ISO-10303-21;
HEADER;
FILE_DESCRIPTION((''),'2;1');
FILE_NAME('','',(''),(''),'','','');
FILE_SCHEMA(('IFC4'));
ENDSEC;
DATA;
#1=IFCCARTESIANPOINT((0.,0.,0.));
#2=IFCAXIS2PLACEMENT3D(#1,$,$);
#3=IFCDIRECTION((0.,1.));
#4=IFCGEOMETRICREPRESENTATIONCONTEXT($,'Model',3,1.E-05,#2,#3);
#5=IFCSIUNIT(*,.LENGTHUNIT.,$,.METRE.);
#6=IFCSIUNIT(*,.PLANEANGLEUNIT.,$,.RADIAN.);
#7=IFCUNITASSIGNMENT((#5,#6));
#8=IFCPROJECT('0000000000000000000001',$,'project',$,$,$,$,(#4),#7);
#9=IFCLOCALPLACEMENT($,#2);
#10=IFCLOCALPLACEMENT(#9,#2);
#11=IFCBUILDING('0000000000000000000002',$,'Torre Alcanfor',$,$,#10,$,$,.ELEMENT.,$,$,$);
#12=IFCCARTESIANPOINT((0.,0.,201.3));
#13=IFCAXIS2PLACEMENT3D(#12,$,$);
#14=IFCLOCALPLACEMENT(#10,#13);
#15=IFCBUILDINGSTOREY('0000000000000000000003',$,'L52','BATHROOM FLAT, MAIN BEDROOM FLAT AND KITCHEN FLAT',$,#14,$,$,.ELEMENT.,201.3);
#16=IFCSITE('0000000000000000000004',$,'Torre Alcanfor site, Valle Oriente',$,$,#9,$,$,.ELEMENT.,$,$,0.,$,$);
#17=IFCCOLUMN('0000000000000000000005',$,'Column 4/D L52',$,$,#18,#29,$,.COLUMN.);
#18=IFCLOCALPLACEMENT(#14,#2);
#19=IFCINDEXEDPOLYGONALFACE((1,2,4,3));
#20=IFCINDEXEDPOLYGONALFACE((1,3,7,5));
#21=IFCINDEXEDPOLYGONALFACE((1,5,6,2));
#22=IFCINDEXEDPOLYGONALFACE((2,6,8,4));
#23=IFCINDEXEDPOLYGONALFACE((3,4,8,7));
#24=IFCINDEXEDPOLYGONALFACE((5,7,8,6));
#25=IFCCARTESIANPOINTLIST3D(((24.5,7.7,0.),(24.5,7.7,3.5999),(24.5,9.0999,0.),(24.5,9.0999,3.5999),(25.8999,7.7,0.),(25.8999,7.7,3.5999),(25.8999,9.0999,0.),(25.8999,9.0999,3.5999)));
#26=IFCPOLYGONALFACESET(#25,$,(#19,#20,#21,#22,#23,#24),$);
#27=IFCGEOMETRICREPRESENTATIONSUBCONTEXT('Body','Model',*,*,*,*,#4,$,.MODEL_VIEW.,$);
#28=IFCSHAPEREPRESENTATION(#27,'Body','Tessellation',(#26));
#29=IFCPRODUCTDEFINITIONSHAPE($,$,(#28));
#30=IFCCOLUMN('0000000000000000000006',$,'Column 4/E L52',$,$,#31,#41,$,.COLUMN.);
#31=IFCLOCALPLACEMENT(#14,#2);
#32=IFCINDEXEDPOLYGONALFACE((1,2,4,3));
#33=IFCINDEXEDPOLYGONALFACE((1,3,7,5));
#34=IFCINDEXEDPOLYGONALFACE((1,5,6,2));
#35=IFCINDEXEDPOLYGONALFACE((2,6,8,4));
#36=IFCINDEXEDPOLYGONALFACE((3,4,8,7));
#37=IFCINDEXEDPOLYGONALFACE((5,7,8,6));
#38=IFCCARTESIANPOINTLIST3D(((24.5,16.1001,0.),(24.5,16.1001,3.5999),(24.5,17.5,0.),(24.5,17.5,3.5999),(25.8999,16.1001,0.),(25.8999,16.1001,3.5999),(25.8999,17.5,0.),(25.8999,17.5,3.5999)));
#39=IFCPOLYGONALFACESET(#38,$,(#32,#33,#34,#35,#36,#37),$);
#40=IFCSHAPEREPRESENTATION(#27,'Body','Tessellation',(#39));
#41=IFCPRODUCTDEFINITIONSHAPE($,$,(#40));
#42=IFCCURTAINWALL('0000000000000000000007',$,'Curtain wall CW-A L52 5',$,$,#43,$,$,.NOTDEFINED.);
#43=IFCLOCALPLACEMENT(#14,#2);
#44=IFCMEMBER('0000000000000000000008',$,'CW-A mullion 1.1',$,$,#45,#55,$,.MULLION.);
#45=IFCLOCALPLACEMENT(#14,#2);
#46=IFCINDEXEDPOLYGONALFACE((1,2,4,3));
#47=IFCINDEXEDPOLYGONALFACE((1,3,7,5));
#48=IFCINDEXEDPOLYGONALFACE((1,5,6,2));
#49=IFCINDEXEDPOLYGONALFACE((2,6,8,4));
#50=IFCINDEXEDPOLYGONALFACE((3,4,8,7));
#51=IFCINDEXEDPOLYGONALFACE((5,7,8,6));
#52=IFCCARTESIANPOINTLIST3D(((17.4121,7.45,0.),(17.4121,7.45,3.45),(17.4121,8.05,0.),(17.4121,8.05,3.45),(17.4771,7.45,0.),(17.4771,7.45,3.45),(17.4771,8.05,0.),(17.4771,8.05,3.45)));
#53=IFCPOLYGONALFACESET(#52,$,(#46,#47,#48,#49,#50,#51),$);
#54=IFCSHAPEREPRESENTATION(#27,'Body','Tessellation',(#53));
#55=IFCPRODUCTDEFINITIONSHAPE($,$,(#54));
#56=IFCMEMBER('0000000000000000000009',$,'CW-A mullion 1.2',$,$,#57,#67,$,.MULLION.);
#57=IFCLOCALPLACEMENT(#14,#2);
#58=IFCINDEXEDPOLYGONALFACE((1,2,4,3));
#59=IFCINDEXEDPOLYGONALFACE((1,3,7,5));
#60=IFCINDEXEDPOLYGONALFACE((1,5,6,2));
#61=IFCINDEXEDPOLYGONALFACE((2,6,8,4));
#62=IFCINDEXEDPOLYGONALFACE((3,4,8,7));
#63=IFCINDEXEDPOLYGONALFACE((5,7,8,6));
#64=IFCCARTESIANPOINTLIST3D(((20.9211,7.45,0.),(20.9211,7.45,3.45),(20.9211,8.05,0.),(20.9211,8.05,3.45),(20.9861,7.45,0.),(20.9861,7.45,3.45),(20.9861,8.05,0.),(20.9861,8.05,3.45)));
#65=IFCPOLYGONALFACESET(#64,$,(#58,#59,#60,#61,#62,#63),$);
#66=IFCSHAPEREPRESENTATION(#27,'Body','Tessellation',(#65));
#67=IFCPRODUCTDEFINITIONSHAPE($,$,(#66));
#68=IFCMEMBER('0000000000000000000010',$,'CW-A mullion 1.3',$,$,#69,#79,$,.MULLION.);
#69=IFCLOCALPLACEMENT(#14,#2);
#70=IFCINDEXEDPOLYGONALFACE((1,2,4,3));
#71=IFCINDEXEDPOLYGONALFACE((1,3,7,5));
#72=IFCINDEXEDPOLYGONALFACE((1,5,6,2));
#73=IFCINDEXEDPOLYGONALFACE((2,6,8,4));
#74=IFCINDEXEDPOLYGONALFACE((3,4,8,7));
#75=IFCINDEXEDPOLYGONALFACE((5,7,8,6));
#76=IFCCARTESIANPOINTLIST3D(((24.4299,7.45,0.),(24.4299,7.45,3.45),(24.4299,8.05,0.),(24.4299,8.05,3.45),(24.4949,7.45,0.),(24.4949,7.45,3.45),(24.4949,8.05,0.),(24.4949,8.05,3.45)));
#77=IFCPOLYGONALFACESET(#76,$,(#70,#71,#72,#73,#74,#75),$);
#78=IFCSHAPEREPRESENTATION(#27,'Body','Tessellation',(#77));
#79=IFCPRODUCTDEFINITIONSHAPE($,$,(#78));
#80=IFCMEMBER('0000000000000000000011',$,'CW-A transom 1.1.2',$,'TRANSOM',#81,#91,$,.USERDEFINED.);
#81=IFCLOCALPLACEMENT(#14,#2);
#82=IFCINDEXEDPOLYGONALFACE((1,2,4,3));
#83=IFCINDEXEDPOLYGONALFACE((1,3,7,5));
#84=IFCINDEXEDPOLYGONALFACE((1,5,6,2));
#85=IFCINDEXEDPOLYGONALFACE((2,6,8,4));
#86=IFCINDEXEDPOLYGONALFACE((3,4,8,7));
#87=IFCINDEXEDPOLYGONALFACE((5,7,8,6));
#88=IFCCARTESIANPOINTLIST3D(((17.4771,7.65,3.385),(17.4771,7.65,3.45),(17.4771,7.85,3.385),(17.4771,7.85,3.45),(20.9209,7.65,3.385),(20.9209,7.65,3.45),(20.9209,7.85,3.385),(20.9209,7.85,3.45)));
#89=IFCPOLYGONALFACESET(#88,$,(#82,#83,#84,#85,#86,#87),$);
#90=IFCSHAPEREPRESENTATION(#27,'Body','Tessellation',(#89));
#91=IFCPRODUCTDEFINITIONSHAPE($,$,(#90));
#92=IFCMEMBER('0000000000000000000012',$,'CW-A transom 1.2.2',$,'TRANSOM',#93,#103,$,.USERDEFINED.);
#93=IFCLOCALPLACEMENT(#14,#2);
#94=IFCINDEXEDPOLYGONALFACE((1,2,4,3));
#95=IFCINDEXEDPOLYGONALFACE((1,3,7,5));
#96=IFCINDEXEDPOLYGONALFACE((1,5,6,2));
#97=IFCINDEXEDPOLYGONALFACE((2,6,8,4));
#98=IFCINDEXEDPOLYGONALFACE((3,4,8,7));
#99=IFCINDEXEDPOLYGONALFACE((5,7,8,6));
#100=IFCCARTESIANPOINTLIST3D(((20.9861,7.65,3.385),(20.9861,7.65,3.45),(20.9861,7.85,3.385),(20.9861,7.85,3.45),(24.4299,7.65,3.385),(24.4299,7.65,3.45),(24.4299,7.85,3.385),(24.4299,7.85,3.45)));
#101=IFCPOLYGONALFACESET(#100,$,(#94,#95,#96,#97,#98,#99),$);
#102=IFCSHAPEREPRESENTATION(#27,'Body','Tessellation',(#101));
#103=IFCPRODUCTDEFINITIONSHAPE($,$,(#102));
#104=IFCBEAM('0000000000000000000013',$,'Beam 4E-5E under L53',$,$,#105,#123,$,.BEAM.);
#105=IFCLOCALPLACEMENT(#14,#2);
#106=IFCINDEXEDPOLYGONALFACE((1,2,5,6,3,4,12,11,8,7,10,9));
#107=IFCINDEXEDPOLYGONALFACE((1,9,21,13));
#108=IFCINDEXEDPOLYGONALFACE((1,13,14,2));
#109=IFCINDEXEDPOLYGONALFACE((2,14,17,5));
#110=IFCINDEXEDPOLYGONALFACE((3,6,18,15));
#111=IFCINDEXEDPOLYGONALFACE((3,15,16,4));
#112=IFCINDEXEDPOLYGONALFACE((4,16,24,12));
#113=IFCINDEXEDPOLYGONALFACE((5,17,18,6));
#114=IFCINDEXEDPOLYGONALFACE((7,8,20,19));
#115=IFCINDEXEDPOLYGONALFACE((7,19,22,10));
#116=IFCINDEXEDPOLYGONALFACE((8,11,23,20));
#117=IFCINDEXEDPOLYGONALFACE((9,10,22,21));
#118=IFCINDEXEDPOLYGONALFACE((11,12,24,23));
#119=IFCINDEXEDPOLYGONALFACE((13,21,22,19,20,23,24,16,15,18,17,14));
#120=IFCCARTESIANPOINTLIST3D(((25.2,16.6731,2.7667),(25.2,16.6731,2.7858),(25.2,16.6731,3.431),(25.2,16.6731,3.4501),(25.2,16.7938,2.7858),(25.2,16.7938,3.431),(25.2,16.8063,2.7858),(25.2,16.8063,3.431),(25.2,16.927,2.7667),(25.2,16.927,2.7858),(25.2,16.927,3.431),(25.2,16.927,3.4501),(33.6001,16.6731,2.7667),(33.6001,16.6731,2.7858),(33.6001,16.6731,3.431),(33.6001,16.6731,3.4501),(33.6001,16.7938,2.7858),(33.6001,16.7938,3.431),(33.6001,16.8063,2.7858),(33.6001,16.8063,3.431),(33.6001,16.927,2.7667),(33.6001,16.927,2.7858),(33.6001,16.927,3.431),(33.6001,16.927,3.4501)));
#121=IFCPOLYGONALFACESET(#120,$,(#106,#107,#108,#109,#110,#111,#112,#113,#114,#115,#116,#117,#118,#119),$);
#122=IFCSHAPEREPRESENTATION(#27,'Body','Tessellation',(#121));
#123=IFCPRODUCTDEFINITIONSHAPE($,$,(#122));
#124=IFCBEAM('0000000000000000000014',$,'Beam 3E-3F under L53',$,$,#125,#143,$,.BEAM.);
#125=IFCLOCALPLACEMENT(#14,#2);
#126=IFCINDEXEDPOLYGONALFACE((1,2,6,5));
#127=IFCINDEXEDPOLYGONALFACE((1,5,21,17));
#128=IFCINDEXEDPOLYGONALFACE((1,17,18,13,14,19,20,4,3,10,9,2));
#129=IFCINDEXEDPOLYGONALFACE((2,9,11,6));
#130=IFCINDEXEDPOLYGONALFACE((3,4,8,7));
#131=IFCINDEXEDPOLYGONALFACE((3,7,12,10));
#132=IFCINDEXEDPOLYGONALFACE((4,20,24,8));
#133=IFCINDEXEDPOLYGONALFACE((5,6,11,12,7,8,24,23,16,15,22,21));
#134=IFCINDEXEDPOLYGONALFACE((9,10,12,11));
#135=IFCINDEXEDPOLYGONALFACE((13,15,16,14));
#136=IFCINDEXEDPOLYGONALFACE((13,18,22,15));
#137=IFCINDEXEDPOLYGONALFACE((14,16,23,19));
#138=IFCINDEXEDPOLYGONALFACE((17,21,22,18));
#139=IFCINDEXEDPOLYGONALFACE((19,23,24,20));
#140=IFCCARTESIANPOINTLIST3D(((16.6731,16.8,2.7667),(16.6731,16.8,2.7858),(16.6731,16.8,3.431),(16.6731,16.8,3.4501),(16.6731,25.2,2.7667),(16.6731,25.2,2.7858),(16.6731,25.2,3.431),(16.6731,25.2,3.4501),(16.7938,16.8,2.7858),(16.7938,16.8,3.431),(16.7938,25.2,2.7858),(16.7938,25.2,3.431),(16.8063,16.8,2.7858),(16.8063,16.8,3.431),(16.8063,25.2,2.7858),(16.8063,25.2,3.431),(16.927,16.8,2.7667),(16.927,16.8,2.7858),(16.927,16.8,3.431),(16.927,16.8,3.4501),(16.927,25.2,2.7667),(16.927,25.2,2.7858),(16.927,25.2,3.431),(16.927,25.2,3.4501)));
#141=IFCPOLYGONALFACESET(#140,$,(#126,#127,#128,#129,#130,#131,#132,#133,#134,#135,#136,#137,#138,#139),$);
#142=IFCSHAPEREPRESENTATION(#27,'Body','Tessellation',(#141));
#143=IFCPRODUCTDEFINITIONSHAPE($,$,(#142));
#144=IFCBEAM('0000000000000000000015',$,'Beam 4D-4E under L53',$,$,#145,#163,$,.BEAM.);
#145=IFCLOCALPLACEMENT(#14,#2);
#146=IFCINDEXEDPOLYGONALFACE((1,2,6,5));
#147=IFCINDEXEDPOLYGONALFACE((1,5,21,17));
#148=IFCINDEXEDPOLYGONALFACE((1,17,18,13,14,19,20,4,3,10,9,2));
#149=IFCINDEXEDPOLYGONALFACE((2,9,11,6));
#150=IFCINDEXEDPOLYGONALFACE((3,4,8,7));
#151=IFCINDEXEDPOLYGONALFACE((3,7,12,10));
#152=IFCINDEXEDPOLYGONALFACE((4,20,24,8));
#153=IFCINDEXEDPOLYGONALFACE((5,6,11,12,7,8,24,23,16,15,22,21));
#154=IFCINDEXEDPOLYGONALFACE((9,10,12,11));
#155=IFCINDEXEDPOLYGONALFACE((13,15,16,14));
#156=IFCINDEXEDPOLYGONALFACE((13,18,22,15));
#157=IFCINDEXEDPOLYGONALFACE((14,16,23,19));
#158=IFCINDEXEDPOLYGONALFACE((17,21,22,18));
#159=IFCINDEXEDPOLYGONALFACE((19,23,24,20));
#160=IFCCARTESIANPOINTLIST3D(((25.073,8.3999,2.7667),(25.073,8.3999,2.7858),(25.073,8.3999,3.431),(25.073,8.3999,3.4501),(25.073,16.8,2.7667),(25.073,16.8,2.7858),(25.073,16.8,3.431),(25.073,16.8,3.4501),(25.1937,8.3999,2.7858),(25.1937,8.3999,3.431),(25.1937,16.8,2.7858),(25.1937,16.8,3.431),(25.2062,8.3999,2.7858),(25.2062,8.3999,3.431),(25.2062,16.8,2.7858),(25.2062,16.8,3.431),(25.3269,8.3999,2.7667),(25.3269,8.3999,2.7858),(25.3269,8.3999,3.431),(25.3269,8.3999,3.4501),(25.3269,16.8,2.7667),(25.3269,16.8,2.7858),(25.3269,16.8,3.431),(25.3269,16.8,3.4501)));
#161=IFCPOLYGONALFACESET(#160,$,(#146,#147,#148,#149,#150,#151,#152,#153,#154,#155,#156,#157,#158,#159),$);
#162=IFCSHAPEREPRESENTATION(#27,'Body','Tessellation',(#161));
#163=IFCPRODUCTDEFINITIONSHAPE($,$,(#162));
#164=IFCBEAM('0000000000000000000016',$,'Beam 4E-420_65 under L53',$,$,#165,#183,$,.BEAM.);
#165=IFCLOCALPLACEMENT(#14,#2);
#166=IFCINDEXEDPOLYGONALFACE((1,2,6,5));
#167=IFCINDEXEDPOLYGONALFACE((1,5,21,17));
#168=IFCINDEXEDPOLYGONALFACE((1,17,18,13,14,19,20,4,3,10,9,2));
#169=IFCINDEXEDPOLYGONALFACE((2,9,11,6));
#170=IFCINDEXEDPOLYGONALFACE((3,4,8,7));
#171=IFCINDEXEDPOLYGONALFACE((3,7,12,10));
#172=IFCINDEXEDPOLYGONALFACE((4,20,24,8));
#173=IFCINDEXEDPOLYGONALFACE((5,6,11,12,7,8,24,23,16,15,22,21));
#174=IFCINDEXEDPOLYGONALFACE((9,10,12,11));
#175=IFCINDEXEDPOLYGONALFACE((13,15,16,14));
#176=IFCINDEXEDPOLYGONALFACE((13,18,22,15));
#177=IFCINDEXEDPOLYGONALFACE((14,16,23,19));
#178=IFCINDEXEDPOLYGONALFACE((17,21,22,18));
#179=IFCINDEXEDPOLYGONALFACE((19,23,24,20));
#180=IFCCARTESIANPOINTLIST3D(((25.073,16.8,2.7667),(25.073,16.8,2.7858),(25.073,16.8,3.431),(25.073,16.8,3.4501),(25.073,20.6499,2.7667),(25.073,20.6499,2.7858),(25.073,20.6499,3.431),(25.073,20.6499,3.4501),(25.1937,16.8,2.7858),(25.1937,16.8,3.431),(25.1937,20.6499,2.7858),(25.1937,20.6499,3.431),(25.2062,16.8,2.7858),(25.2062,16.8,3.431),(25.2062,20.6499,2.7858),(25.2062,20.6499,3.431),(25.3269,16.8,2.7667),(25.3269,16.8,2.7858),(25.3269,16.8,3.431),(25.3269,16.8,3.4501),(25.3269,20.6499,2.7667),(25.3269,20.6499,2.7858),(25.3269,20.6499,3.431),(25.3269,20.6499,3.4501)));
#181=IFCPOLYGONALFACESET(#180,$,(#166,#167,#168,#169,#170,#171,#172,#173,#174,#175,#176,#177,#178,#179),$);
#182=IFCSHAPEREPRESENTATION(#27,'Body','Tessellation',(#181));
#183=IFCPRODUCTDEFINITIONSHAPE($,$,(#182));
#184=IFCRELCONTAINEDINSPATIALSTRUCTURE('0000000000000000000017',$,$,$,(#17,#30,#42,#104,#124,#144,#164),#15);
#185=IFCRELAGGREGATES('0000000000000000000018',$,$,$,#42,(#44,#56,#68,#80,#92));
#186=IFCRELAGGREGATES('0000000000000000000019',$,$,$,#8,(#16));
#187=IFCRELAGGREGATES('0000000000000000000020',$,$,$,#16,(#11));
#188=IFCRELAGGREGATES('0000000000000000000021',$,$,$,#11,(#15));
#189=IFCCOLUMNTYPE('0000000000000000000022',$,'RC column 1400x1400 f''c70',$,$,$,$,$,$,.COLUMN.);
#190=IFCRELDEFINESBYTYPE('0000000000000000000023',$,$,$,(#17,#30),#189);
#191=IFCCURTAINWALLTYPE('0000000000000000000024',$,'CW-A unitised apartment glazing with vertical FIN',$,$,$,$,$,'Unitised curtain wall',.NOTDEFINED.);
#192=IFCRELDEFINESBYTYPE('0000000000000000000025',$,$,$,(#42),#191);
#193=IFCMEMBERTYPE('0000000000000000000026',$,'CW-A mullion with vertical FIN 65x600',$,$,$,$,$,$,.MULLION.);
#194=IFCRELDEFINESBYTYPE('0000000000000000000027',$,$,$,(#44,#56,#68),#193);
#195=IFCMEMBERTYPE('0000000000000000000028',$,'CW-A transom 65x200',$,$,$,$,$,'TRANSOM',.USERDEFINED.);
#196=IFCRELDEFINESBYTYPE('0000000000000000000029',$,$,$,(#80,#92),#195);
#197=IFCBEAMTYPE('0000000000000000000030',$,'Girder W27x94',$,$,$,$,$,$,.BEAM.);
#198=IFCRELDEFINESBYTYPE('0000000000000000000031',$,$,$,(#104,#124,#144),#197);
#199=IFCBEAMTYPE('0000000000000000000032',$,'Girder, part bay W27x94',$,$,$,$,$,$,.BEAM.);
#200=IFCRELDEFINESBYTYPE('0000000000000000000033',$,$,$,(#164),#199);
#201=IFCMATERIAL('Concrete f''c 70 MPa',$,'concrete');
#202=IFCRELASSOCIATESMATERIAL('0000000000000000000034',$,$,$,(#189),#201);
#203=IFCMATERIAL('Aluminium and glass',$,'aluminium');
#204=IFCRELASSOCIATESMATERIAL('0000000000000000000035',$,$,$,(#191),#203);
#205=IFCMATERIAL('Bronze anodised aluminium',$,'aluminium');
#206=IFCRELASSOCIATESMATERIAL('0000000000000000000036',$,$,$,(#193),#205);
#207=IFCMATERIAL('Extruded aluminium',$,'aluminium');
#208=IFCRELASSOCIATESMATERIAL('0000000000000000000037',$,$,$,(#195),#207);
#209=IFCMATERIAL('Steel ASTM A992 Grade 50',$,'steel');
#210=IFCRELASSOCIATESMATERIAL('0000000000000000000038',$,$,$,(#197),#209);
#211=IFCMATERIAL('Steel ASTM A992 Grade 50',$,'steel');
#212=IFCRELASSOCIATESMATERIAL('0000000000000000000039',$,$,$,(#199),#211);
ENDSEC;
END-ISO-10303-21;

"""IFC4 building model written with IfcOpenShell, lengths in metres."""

from ifc_helpers import new_model, si_unit, direction, frame, origin, origin_2d, place, context, subcontext, project, spatial, rectangle, i_section, extrude, material, material_profile, profile_set, type_object, element, aggregate, save


model = new_model("IFC4")

# Units and contexts
model_context = context("Model", 3, precision=1e-05, world=origin(), true_north=direction((0.0, 1.0)))
body_context = subcontext(model_context, "Body", "Model", "MODEL_VIEW")
ifc_project = project(units=[si_unit("LENGTHUNIT", "METRE"), si_unit("PLANEANGLEUNIT", "RADIAN")], contexts=[model_context])

# Site, building, storey
site_placement = place(None, origin())
site = spatial("IfcSite", under=ifc_project, at=site_placement, Name="Torre Alcanfor site, Valle Oriente", CompositionType="ELEMENT", RefElevation=0.0)
building_placement = place(site_placement, origin())
building = spatial("IfcBuilding", under=site, at=building_placement, Name="Torre Alcanfor", CompositionType="ELEMENT")
storey_placement = place(building_placement, frame((0.0, 0.0, 201.3)))
storey = spatial("IfcBuildingStorey", under=building, at=storey_placement, Name="L52", Description="BATHROOM FLAT, MAIN BEDROOM FLAT AND KITCHEN FLAT", CompositionType="ELEMENT", Elevation=201.3)

# Columns
ifc_material_1 = material(Name="Concrete f'c 70 MPa", Category="concrete")
ifc_material_profile_1 = material_profile(ifc_material_1, rectangle(XDim=1.3999, YDim=1.3999, at=origin_2d()), Name="1400x1400")
ifc_profile_set_1 = profile_set([ifc_material_profile_1], Name="Concrete f'c 70 MPa")
column_type = type_object("IfcColumnType", Name="RC column 1400x1400 f'c70", PredefinedType="COLUMN", material=ifc_profile_set_1)
for number, where, z_axis, x_axis, name in (
    (1, (25.2, 8.3999, 0.0), (0.0, 0.0, 1.0), (1.0, 0.0, 0.0), "Column 4/D L52"),
    (2, (25.2, 16.8, 0.0), (0.0, 0.0, 1.0), (1.0, 0.0, 0.0), "Column 4/E L52"),
):
    element("IfcColumn", number, at=place(storey_placement, frame(where, z_axis=z_axis, x_axis=x_axis)), inside=storey, type_object=column_type, Name=name, PredefinedType="COLUMN", context=body_context, shape_type="SweptSolid", body=[
        extrude(rectangle(XDim=1.3999, YDim=1.3999, at=origin_2d()), origin(), (0.0, 0.0, 1.0), 3.5999),
    ])

# Curtain wall, members
ifc_material_2 = material(Name="Aluminium and glass", Category="aluminium")
curtain_wall_type = type_object("IfcCurtainWallType", Name="CW-A unitised apartment glazing with vertical FIN", ElementType="Unitised curtain wall", PredefinedType="NOTDEFINED", material=ifc_material_2)
curtain_wall_placement = place(storey_placement, origin())
curtain_wall = element("IfcCurtainWall", 3, at=curtain_wall_placement, inside=storey, type_object=curtain_wall_type, Name="Curtain wall CW-A L52 5", PredefinedType="NOTDEFINED")
ifc_material_3 = material(Name="Bronze anodised aluminium", Category="aluminium")
ifc_material_profile_2 = material_profile(ifc_material_3, rectangle(XDim=0.6001, YDim=0.0649, at=origin_2d()), Name="CW-A mullion 65x600")
ifc_profile_set_2 = profile_set([ifc_material_profile_2], Name="Bronze anodised aluminium")
member_type_1 = type_object("IfcMemberType", Name="CW-A mullion with vertical FIN 65x600", PredefinedType="MULLION", material=ifc_profile_set_2)
member_1_placement = place(storey_placement, frame((17.4446, 7.75, 0.0), z_axis=(0.0, 0.0, 1.0), x_axis=(0.0, 1.0, 0.0)))
member_1 = element("IfcMember", 4, at=member_1_placement, type_object=member_type_1, Name="CW-A mullion 1.1", PredefinedType="MULLION", context=body_context, shape_type="SweptSolid", body=[
    extrude(rectangle(XDim=0.6001, YDim=0.0649, at=origin_2d()), origin(), (0.0, 0.0, 1.0), 3.45),
])
member_2_placement = place(storey_placement, frame((20.9536, 7.75, 0.0), z_axis=(0.0, 0.0, 1.0), x_axis=(0.0, 1.0, 0.0)))
member_2 = element("IfcMember", 5, at=member_2_placement, type_object=member_type_1, Name="CW-A mullion 1.2", PredefinedType="MULLION", context=body_context, shape_type="SweptSolid", body=[
    extrude(rectangle(XDim=0.6001, YDim=0.0649, at=origin_2d()), origin(), (0.0, 0.0, 1.0), 3.45),
])
member_3_placement = place(storey_placement, frame((24.4624, 7.75, 0.0), z_axis=(0.0, 0.0, 1.0), x_axis=(0.0, 1.0, 0.0)))
member_3 = element("IfcMember", 6, at=member_3_placement, type_object=member_type_1, Name="CW-A mullion 1.3", PredefinedType="MULLION", context=body_context, shape_type="SweptSolid", body=[
    extrude(rectangle(XDim=0.6001, YDim=0.0649, at=origin_2d()), origin(), (0.0, 0.0, 1.0), 3.45),
])
ifc_material_4 = material(Name="Extruded aluminium", Category="aluminium")
ifc_material_profile_3 = material_profile(ifc_material_4, rectangle(XDim=0.2, YDim=0.0649, at=origin_2d()), Name="CW-A transom 200x65")
ifc_profile_set_3 = profile_set([ifc_material_profile_3], Name="Extruded aluminium")
member_type_2 = type_object("IfcMemberType", Name="CW-A transom 65x200", ElementType="TRANSOM", PredefinedType="USERDEFINED", material=ifc_profile_set_3)
member_4_placement = place(storey_placement, frame((17.4771, 7.75, 3.4175), z_axis=(1.0, 0.0, 0.0), x_axis=(0.0, 1.0, 0.0)))
member_4 = element("IfcMember", 7, at=member_4_placement, type_object=member_type_2, Name="CW-A transom 1.1.2", ObjectType="TRANSOM", PredefinedType="USERDEFINED", context=body_context, shape_type="SweptSolid", body=[
    extrude(rectangle(XDim=0.2, YDim=0.0649, at=origin_2d()), origin(), (0.0, 0.0, 1.0), 3.4438),
])
member_5_placement = place(storey_placement, frame((20.9861, 7.75, 3.4175), z_axis=(1.0, 0.0, 0.0), x_axis=(0.0, 1.0, 0.0)))
member_5 = element("IfcMember", 8, at=member_5_placement, type_object=member_type_2, Name="CW-A transom 1.2.2", ObjectType="TRANSOM", PredefinedType="USERDEFINED", context=body_context, shape_type="SweptSolid", body=[
    extrude(rectangle(XDim=0.2, YDim=0.0649, at=origin_2d()), origin(), (0.0, 0.0, 1.0), 3.4438),
])

# Beams
ifc_material_5 = material(Name="Steel ASTM A992 Grade 50", Category="steel")
ifc_material_profile_4 = material_profile(ifc_material_5, i_section(OverallWidth=0.2539, OverallDepth=0.6833, WebThickness=0.0125, FlangeThickness=0.019, at=origin_2d()), Name="W27x94")
ifc_profile_set_4 = profile_set([ifc_material_profile_4], Name="Steel ASTM A992 Grade 50")
beam_type_1 = type_object("IfcBeamType", Name="Girder W27x94", PredefinedType="BEAM", material=ifc_profile_set_4)
beam_1_placement = place(storey_placement, frame((25.2, 16.8, 3.1084), z_axis=(1.0, 0.0, 0.0), x_axis=(0.0, 1.0, 0.0)))
element("IfcBeam", 9, at=beam_1_placement, inside=storey, type_object=beam_type_1, Name="Beam 4E-5E under L53", PredefinedType="BEAM", context=body_context, shape_type="SweptSolid", body=[
    extrude(i_section(OverallWidth=0.2539, OverallDepth=0.6833, WebThickness=0.0125, FlangeThickness=0.019, at=origin_2d()), origin(), (0.0, 0.0, 1.0), 8.4001),
])
beam_2_placement = place(storey_placement, frame((16.8, 16.8, 3.1084), z_axis=(0.0, 1.0, 0.0), x_axis=(-1.0, 0.0, 0.0)))
element("IfcBeam", 10, at=beam_2_placement, inside=storey, type_object=beam_type_1, Name="Beam 3E-3F under L53", PredefinedType="BEAM", context=body_context, shape_type="SweptSolid", body=[
    extrude(i_section(OverallWidth=0.2539, OverallDepth=0.6833, WebThickness=0.0125, FlangeThickness=0.019, at=origin_2d()), origin(), (0.0, 0.0, 1.0), 8.3999),
])
beam_3_placement = place(storey_placement, frame((25.2, 8.3999, 3.1084), z_axis=(0.0, 1.0, 0.0), x_axis=(-1.0, 0.0, 0.0)))
element("IfcBeam", 11, at=beam_3_placement, inside=storey, type_object=beam_type_1, Name="Beam 4D-4E under L53", PredefinedType="BEAM", context=body_context, shape_type="SweptSolid", body=[
    extrude(i_section(OverallWidth=0.2539, OverallDepth=0.6833, WebThickness=0.0125, FlangeThickness=0.019, at=origin_2d()), origin(), (0.0, 0.0, 1.0), 8.4001),
])
ifc_material_6 = material(Name="Steel ASTM A992 Grade 50", Category="steel")
ifc_material_profile_5 = material_profile(ifc_material_6, i_section(OverallWidth=0.2539, OverallDepth=0.6833, WebThickness=0.0125, FlangeThickness=0.019, at=origin_2d()), Name="W27x94")
ifc_profile_set_5 = profile_set([ifc_material_profile_5], Name="Steel ASTM A992 Grade 50")
beam_type_2 = type_object("IfcBeamType", Name="Girder, part bay W27x94", PredefinedType="BEAM", material=ifc_profile_set_5)
beam_4_placement = place(storey_placement, frame((25.2, 16.8, 3.1084), z_axis=(0.0, 1.0, 0.0), x_axis=(-1.0, 0.0, 0.0)))
element("IfcBeam", 12, at=beam_4_placement, inside=storey, type_object=beam_type_2, Name="Beam 4E-420_65 under L53", PredefinedType="BEAM", context=body_context, shape_type="SweptSolid", body=[
    extrude(i_section(OverallWidth=0.2539, OverallDepth=0.6833, WebThickness=0.0125, FlangeThickness=0.019, at=origin_2d()), origin(), (0.0, 0.0, 1.0), 3.8499),
])

aggregate(curtain_wall, [member_1, member_2, member_3, member_4, member_5])

save(model, "model.ifc")
